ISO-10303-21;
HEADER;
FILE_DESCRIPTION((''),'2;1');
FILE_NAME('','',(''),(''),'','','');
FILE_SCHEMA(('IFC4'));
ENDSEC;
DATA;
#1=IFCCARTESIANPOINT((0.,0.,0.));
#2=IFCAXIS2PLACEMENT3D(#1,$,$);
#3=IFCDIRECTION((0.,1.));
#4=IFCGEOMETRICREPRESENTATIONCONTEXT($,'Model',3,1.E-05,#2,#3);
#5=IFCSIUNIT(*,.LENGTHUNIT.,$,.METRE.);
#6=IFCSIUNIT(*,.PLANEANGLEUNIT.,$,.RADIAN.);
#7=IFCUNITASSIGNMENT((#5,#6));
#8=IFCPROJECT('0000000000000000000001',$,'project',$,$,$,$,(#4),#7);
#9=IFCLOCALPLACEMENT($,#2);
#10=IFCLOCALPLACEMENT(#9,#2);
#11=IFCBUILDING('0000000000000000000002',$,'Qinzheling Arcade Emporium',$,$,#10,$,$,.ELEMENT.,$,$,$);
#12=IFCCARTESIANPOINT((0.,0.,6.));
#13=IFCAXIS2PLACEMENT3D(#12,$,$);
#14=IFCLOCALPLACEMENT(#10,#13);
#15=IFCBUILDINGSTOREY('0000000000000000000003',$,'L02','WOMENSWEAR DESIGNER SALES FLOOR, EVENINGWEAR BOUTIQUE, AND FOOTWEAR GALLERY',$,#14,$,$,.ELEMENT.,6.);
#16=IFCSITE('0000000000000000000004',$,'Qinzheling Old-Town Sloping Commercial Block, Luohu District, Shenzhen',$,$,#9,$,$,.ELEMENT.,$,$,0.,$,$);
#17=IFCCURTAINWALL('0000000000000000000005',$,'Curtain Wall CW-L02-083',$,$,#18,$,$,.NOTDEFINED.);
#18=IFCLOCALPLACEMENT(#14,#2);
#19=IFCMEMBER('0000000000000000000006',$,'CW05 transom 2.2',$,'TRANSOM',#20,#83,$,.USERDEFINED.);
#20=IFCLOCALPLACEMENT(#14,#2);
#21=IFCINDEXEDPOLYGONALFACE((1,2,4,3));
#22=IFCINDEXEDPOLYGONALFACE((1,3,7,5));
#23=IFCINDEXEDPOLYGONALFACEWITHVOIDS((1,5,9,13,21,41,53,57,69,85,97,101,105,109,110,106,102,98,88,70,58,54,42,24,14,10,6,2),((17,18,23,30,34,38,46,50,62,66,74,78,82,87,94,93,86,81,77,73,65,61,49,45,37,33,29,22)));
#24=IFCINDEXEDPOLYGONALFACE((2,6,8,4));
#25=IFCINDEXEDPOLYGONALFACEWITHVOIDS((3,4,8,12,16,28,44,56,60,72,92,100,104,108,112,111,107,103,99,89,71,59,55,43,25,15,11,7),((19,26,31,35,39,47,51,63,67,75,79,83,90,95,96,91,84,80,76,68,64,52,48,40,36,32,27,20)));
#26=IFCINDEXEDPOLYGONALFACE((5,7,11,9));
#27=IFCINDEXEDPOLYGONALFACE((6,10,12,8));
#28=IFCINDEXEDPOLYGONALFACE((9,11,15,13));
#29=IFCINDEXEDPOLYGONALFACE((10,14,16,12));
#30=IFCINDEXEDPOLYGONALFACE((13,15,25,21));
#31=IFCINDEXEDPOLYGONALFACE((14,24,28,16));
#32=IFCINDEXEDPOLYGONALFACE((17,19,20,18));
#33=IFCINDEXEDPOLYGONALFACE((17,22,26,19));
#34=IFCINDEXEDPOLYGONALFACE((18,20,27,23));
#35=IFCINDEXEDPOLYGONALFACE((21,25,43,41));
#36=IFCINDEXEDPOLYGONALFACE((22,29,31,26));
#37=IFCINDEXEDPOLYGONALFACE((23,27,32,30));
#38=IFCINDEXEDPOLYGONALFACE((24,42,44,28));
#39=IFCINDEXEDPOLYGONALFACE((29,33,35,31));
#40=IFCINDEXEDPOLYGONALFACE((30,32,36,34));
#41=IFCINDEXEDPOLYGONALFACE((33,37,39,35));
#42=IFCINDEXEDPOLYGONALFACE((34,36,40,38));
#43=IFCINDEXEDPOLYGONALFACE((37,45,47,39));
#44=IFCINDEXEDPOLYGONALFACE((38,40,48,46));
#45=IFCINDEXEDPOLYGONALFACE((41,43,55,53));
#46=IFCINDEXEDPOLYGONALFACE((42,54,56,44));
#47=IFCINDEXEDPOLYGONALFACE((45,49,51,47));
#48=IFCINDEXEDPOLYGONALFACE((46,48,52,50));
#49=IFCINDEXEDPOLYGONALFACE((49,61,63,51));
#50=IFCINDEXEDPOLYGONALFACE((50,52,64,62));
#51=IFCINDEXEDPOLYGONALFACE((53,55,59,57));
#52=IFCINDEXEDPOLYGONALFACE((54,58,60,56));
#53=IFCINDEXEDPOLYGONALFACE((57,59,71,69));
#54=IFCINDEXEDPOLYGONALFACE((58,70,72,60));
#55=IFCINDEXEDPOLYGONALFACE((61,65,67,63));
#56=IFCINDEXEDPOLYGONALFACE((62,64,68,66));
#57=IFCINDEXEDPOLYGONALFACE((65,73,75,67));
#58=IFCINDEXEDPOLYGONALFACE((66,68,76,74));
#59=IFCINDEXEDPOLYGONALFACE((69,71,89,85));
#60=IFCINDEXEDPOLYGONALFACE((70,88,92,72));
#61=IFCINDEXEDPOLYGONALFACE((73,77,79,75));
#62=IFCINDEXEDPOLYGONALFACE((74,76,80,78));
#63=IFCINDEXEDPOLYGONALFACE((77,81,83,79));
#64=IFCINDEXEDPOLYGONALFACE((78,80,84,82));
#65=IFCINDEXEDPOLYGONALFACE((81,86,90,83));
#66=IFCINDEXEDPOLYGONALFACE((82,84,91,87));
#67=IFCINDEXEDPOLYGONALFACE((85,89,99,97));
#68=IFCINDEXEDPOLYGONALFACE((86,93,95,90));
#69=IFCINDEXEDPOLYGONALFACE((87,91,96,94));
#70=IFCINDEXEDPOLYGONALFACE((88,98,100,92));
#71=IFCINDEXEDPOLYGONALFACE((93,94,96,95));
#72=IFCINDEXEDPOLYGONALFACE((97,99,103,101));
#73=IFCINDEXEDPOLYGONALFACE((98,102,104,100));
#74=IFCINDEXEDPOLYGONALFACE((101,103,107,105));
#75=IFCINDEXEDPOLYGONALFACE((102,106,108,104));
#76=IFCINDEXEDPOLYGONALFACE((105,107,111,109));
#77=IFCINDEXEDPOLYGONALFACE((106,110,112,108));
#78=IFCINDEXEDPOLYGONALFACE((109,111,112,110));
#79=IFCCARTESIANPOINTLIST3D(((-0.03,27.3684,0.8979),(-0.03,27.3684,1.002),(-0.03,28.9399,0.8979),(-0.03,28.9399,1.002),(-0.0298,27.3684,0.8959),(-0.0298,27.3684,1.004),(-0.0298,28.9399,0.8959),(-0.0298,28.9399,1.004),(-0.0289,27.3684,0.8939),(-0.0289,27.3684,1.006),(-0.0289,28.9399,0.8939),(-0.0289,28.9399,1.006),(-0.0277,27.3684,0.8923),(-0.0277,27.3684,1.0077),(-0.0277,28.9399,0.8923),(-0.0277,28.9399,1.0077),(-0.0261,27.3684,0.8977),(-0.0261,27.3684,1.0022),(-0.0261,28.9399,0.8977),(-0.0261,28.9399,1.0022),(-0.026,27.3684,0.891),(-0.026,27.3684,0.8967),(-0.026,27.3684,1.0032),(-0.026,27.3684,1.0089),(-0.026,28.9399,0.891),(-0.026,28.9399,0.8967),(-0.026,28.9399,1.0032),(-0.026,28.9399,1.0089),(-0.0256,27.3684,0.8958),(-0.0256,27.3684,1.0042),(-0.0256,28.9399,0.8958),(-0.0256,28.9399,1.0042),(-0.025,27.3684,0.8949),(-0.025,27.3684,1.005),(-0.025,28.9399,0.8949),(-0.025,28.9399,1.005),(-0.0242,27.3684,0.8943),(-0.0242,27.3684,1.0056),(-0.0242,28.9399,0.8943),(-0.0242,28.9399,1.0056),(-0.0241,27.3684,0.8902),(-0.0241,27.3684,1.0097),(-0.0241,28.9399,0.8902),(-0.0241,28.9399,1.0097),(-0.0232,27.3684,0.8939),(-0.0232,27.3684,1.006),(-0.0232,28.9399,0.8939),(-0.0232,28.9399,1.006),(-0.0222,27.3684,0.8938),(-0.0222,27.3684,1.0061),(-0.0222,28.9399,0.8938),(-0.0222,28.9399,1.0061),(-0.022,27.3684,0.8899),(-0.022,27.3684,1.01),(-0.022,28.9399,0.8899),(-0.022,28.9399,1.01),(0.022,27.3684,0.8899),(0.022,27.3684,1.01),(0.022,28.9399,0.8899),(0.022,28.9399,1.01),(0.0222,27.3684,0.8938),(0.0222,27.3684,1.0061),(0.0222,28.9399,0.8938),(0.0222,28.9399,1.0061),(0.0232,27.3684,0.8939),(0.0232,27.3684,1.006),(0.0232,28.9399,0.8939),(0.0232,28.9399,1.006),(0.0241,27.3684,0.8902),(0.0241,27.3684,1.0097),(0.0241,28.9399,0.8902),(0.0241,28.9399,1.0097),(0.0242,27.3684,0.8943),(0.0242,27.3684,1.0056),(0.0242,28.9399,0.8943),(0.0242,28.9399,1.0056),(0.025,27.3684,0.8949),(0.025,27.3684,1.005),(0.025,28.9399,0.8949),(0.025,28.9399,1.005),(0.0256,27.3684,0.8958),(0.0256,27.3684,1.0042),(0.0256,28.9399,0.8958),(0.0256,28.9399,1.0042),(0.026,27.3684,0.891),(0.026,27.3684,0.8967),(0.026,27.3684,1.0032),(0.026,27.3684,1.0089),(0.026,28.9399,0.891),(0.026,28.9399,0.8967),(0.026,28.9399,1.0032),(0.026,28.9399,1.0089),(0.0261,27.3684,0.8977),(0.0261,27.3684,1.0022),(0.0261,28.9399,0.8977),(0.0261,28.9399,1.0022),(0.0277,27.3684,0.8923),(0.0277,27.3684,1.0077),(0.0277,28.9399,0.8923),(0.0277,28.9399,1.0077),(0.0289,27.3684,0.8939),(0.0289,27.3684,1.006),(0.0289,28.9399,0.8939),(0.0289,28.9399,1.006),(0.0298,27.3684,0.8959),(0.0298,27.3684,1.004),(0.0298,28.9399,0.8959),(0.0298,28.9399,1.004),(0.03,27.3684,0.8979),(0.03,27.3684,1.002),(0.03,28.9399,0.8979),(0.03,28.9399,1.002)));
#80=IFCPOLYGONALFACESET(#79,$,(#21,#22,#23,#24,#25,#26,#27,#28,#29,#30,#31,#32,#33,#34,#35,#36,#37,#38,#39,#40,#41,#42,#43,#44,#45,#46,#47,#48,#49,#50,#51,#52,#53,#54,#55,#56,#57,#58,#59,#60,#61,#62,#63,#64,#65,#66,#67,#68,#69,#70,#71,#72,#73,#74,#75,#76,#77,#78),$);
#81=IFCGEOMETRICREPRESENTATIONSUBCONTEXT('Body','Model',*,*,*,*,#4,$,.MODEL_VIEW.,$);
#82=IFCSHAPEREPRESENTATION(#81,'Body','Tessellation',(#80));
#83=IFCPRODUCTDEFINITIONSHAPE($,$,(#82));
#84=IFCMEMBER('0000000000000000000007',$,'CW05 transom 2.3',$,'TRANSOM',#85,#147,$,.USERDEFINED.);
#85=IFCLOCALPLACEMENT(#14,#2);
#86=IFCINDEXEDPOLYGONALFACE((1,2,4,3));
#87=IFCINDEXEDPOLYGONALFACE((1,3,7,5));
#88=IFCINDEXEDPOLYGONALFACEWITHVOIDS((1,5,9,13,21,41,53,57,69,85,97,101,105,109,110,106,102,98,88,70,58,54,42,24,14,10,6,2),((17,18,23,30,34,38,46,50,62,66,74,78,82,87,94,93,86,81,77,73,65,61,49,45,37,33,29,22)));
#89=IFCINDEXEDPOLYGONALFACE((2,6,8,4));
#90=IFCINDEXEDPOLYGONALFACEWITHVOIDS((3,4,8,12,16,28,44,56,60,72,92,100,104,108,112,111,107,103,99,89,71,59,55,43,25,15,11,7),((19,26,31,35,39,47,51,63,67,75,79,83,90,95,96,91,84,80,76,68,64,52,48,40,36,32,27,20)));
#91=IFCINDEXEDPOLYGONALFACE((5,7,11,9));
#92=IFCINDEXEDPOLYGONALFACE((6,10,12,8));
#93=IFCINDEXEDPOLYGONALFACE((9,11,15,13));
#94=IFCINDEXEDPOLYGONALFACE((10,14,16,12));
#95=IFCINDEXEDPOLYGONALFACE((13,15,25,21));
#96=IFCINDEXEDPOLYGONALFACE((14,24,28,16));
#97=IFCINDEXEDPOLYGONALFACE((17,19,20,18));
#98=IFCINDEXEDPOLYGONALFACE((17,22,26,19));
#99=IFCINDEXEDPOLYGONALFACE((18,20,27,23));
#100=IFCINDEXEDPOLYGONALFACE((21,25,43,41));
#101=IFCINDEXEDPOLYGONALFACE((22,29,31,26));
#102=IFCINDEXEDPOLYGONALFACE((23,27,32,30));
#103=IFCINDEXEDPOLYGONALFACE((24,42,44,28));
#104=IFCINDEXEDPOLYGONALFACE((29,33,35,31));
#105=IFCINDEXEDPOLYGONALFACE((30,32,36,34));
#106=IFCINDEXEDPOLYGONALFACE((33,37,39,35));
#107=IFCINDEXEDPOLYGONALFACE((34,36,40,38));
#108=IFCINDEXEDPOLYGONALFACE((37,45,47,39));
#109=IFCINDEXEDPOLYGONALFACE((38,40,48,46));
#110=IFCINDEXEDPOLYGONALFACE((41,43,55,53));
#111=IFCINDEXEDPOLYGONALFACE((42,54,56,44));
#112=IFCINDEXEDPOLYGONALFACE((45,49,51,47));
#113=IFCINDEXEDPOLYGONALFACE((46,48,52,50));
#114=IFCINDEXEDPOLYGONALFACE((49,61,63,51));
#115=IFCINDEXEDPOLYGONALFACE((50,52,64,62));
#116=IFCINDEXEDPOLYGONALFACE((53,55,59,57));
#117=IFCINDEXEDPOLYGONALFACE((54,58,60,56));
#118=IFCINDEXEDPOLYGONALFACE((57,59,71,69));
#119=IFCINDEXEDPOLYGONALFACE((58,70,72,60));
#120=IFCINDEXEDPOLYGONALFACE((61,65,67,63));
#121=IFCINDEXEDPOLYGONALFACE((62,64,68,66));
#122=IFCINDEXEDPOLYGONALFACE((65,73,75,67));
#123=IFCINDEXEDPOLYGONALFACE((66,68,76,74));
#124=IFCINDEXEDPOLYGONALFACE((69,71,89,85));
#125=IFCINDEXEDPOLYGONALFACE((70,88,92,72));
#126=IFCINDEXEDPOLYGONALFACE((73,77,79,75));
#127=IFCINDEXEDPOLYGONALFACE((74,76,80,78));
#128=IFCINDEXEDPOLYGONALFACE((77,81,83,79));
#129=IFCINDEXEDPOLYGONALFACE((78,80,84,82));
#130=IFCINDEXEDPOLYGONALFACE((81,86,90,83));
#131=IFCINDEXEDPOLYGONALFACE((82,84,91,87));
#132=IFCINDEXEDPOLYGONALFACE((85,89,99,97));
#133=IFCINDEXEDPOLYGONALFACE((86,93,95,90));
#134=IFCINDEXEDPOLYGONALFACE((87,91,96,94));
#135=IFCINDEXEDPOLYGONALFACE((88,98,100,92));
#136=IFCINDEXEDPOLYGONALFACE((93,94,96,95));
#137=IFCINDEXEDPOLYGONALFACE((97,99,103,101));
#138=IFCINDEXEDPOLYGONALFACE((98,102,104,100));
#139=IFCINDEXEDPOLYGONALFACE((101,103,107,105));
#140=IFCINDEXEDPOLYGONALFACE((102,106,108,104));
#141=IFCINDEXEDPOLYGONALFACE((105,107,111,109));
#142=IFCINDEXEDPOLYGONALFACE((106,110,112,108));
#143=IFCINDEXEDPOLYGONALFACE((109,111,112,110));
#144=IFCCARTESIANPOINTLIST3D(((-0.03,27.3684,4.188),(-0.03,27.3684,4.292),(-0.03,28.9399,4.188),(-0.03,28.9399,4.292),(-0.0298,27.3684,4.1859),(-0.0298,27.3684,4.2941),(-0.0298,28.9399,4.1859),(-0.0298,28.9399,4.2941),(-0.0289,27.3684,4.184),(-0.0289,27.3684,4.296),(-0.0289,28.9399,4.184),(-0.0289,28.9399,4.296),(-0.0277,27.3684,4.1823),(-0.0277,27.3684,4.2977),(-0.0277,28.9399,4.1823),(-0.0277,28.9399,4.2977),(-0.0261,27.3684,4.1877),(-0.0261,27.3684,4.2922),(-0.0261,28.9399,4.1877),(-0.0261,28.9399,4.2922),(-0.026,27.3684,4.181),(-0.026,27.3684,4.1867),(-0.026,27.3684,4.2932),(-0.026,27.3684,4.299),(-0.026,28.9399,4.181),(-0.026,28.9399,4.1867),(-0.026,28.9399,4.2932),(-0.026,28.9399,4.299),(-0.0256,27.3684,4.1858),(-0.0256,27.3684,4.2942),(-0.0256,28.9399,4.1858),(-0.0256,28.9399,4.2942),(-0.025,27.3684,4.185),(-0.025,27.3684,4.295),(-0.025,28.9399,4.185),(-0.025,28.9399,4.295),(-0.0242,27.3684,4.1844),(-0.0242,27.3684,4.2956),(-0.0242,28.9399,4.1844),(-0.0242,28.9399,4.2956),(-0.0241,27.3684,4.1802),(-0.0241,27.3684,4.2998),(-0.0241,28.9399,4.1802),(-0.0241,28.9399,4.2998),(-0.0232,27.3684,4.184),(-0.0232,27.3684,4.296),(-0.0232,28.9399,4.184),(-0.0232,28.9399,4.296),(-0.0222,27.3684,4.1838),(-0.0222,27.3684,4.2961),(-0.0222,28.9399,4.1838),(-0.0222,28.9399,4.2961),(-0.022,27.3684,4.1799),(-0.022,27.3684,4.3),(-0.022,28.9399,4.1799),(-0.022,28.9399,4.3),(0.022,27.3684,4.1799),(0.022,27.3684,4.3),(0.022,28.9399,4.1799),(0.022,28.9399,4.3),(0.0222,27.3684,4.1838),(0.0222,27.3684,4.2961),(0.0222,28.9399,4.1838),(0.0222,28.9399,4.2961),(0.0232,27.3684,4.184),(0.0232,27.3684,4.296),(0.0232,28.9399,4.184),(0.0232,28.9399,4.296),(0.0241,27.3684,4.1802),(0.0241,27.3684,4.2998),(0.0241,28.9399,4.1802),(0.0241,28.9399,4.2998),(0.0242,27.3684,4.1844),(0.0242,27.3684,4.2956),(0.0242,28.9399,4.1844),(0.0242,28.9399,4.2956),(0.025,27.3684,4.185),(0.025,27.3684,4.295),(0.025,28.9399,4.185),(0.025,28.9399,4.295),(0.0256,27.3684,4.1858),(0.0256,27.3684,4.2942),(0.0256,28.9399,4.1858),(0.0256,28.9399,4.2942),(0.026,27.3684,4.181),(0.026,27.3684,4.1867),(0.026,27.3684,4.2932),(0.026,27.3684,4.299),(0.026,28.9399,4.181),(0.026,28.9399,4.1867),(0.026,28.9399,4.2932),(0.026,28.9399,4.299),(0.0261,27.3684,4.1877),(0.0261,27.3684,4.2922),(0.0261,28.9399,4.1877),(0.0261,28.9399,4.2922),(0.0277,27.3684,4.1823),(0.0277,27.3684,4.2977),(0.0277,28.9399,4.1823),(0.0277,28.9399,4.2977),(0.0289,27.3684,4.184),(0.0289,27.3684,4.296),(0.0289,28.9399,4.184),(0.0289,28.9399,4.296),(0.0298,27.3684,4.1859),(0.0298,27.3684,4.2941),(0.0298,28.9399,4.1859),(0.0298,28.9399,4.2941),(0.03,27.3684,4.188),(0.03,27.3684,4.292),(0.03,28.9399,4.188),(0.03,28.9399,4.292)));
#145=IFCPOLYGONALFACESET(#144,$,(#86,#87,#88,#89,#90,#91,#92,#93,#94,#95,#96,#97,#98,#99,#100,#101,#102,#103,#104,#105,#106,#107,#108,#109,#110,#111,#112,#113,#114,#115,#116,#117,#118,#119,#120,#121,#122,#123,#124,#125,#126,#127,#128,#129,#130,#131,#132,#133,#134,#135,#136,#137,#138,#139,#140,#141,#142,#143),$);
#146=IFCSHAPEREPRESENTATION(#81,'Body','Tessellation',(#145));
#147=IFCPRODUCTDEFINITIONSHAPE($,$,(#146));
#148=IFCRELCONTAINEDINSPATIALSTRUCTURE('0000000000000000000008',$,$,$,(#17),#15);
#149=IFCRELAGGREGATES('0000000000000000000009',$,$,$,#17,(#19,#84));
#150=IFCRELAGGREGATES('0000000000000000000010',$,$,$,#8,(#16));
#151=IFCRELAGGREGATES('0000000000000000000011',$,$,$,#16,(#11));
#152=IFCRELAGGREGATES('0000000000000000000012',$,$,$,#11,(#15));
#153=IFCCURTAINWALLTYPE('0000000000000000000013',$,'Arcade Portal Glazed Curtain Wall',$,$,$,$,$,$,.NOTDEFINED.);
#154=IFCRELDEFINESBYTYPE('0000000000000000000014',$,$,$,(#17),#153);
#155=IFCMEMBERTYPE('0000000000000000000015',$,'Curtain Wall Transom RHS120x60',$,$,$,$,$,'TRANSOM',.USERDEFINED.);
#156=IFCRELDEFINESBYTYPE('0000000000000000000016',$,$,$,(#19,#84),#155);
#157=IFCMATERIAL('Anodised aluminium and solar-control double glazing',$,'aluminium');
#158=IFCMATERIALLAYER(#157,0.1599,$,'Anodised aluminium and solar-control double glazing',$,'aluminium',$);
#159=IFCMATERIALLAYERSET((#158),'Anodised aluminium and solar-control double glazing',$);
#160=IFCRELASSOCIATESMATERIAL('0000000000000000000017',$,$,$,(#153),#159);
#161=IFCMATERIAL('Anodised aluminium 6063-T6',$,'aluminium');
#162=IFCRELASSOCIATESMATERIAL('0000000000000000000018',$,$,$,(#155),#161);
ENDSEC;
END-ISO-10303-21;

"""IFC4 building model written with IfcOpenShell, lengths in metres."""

from ifc_helpers import new_model, si_unit, direction, frame, origin, origin_2d, place, context, subcontext, project, spatial, hollow_rectangle, extrude, material, layer, layer_set, material_profile, profile_set, type_object, element, aggregate, save


model = new_model("IFC4")

# Units and contexts
model_context = context("Model", 3, precision=1e-05, world=origin(), true_north=direction((0.0, 1.0)))
body_context = subcontext(model_context, "Body", "Model", "MODEL_VIEW")
ifc_project = project(units=[si_unit("LENGTHUNIT", "METRE"), si_unit("PLANEANGLEUNIT", "RADIAN")], contexts=[model_context])

# Site, building, storey
site_placement = place(None, origin())
site = spatial("IfcSite", under=ifc_project, at=site_placement, Name="Qinzheling Old-Town Sloping Commercial Block, Luohu District, Shenzhen", CompositionType="ELEMENT", RefElevation=0.0)
building_placement = place(site_placement, origin())
building = spatial("IfcBuilding", under=site, at=building_placement, Name="Qinzheling Arcade Emporium", CompositionType="ELEMENT")
storey_placement = place(building_placement, frame((0.0, 0.0, 6.0)))
storey = spatial("IfcBuildingStorey", under=building, at=storey_placement, Name="L02", Description="WOMENSWEAR DESIGNER SALES FLOOR, EVENINGWEAR BOUTIQUE, AND FOOTWEAR GALLERY", CompositionType="ELEMENT", Elevation=6.0)

# Curtain wall
ifc_material_1 = material(Name="Anodised aluminium and solar-control double glazing", Category="aluminium")
ifc_layer_1 = layer(ifc_material_1, 0.1599, Name="Anodised aluminium and solar-control double glazing", Category="aluminium")
ifc_layer_set_1 = layer_set([ifc_layer_1], Name="Anodised aluminium and solar-control double glazing")
curtain_wall_type = type_object("IfcCurtainWallType", Name="Arcade Portal Glazed Curtain Wall", PredefinedType="NOTDEFINED", material=ifc_layer_set_1)
curtain_wall_1_placement = place(storey_placement, origin())
curtain_wall_1 = element("IfcCurtainWall", 1, at=curtain_wall_1_placement, inside=storey, type_object=curtain_wall_type, Name="Curtain Wall CW-L02-083", PredefinedType="NOTDEFINED")
ifc_material_2 = material(Name="Anodised aluminium 6063-T6", Category="aluminium")

# Members
ifc_material_profile_1 = material_profile(ifc_material_2, hollow_rectangle(XDim=0.0601, YDim=0.1201, WallThickness=0.0039, InnerFilletRadius=0.0039, OuterFilletRadius=0.0081, at=origin_2d()), Name="RHS 120x60x4", Category="aluminium")
ifc_profile_set_1 = profile_set([ifc_material_profile_1], Name="Anodised aluminium 6063-T6")
member_type_1 = type_object("IfcMemberType", Name="Curtain Wall Transom RHS120x60", ElementType="TRANSOM", PredefinedType="USERDEFINED", material=ifc_profile_set_1)
member_1_placement = place(storey_placement, frame((0.0, 27.3684, 0.95), z_axis=(0.0, 1.0, 0.0), x_axis=(-1.0, 0.0, 0.0)))
member_1 = element("IfcMember", 2, at=member_1_placement, type_object=member_type_1, Name="CW05 transom 2.2", ObjectType="TRANSOM", PredefinedType="USERDEFINED", context=body_context, shape_type="SweptSolid", body=[
    extrude(hollow_rectangle(XDim=0.0601, YDim=0.1201, WallThickness=0.0039, InnerFilletRadius=0.0039, OuterFilletRadius=0.0081, at=origin_2d()), origin(), (0.0, 0.0, 1.0), 1.5715),
])
member_2_placement = place(storey_placement, frame((0.0, 27.3684, 4.24), z_axis=(0.0, 1.0, 0.0), x_axis=(-1.0, 0.0, 0.0)))
member_2 = element("IfcMember", 3, at=member_2_placement, type_object=member_type_1, Name="CW05 transom 2.3", ObjectType="TRANSOM", PredefinedType="USERDEFINED", context=body_context, shape_type="SweptSolid", body=[
    extrude(hollow_rectangle(XDim=0.0601, YDim=0.1201, WallThickness=0.0039, InnerFilletRadius=0.0039, OuterFilletRadius=0.0081, at=origin_2d()), origin(), (0.0, 0.0, 1.0), 1.5715),
])

aggregate(curtain_wall_1, [member_1, member_2])

save(model, "model.ifc")
